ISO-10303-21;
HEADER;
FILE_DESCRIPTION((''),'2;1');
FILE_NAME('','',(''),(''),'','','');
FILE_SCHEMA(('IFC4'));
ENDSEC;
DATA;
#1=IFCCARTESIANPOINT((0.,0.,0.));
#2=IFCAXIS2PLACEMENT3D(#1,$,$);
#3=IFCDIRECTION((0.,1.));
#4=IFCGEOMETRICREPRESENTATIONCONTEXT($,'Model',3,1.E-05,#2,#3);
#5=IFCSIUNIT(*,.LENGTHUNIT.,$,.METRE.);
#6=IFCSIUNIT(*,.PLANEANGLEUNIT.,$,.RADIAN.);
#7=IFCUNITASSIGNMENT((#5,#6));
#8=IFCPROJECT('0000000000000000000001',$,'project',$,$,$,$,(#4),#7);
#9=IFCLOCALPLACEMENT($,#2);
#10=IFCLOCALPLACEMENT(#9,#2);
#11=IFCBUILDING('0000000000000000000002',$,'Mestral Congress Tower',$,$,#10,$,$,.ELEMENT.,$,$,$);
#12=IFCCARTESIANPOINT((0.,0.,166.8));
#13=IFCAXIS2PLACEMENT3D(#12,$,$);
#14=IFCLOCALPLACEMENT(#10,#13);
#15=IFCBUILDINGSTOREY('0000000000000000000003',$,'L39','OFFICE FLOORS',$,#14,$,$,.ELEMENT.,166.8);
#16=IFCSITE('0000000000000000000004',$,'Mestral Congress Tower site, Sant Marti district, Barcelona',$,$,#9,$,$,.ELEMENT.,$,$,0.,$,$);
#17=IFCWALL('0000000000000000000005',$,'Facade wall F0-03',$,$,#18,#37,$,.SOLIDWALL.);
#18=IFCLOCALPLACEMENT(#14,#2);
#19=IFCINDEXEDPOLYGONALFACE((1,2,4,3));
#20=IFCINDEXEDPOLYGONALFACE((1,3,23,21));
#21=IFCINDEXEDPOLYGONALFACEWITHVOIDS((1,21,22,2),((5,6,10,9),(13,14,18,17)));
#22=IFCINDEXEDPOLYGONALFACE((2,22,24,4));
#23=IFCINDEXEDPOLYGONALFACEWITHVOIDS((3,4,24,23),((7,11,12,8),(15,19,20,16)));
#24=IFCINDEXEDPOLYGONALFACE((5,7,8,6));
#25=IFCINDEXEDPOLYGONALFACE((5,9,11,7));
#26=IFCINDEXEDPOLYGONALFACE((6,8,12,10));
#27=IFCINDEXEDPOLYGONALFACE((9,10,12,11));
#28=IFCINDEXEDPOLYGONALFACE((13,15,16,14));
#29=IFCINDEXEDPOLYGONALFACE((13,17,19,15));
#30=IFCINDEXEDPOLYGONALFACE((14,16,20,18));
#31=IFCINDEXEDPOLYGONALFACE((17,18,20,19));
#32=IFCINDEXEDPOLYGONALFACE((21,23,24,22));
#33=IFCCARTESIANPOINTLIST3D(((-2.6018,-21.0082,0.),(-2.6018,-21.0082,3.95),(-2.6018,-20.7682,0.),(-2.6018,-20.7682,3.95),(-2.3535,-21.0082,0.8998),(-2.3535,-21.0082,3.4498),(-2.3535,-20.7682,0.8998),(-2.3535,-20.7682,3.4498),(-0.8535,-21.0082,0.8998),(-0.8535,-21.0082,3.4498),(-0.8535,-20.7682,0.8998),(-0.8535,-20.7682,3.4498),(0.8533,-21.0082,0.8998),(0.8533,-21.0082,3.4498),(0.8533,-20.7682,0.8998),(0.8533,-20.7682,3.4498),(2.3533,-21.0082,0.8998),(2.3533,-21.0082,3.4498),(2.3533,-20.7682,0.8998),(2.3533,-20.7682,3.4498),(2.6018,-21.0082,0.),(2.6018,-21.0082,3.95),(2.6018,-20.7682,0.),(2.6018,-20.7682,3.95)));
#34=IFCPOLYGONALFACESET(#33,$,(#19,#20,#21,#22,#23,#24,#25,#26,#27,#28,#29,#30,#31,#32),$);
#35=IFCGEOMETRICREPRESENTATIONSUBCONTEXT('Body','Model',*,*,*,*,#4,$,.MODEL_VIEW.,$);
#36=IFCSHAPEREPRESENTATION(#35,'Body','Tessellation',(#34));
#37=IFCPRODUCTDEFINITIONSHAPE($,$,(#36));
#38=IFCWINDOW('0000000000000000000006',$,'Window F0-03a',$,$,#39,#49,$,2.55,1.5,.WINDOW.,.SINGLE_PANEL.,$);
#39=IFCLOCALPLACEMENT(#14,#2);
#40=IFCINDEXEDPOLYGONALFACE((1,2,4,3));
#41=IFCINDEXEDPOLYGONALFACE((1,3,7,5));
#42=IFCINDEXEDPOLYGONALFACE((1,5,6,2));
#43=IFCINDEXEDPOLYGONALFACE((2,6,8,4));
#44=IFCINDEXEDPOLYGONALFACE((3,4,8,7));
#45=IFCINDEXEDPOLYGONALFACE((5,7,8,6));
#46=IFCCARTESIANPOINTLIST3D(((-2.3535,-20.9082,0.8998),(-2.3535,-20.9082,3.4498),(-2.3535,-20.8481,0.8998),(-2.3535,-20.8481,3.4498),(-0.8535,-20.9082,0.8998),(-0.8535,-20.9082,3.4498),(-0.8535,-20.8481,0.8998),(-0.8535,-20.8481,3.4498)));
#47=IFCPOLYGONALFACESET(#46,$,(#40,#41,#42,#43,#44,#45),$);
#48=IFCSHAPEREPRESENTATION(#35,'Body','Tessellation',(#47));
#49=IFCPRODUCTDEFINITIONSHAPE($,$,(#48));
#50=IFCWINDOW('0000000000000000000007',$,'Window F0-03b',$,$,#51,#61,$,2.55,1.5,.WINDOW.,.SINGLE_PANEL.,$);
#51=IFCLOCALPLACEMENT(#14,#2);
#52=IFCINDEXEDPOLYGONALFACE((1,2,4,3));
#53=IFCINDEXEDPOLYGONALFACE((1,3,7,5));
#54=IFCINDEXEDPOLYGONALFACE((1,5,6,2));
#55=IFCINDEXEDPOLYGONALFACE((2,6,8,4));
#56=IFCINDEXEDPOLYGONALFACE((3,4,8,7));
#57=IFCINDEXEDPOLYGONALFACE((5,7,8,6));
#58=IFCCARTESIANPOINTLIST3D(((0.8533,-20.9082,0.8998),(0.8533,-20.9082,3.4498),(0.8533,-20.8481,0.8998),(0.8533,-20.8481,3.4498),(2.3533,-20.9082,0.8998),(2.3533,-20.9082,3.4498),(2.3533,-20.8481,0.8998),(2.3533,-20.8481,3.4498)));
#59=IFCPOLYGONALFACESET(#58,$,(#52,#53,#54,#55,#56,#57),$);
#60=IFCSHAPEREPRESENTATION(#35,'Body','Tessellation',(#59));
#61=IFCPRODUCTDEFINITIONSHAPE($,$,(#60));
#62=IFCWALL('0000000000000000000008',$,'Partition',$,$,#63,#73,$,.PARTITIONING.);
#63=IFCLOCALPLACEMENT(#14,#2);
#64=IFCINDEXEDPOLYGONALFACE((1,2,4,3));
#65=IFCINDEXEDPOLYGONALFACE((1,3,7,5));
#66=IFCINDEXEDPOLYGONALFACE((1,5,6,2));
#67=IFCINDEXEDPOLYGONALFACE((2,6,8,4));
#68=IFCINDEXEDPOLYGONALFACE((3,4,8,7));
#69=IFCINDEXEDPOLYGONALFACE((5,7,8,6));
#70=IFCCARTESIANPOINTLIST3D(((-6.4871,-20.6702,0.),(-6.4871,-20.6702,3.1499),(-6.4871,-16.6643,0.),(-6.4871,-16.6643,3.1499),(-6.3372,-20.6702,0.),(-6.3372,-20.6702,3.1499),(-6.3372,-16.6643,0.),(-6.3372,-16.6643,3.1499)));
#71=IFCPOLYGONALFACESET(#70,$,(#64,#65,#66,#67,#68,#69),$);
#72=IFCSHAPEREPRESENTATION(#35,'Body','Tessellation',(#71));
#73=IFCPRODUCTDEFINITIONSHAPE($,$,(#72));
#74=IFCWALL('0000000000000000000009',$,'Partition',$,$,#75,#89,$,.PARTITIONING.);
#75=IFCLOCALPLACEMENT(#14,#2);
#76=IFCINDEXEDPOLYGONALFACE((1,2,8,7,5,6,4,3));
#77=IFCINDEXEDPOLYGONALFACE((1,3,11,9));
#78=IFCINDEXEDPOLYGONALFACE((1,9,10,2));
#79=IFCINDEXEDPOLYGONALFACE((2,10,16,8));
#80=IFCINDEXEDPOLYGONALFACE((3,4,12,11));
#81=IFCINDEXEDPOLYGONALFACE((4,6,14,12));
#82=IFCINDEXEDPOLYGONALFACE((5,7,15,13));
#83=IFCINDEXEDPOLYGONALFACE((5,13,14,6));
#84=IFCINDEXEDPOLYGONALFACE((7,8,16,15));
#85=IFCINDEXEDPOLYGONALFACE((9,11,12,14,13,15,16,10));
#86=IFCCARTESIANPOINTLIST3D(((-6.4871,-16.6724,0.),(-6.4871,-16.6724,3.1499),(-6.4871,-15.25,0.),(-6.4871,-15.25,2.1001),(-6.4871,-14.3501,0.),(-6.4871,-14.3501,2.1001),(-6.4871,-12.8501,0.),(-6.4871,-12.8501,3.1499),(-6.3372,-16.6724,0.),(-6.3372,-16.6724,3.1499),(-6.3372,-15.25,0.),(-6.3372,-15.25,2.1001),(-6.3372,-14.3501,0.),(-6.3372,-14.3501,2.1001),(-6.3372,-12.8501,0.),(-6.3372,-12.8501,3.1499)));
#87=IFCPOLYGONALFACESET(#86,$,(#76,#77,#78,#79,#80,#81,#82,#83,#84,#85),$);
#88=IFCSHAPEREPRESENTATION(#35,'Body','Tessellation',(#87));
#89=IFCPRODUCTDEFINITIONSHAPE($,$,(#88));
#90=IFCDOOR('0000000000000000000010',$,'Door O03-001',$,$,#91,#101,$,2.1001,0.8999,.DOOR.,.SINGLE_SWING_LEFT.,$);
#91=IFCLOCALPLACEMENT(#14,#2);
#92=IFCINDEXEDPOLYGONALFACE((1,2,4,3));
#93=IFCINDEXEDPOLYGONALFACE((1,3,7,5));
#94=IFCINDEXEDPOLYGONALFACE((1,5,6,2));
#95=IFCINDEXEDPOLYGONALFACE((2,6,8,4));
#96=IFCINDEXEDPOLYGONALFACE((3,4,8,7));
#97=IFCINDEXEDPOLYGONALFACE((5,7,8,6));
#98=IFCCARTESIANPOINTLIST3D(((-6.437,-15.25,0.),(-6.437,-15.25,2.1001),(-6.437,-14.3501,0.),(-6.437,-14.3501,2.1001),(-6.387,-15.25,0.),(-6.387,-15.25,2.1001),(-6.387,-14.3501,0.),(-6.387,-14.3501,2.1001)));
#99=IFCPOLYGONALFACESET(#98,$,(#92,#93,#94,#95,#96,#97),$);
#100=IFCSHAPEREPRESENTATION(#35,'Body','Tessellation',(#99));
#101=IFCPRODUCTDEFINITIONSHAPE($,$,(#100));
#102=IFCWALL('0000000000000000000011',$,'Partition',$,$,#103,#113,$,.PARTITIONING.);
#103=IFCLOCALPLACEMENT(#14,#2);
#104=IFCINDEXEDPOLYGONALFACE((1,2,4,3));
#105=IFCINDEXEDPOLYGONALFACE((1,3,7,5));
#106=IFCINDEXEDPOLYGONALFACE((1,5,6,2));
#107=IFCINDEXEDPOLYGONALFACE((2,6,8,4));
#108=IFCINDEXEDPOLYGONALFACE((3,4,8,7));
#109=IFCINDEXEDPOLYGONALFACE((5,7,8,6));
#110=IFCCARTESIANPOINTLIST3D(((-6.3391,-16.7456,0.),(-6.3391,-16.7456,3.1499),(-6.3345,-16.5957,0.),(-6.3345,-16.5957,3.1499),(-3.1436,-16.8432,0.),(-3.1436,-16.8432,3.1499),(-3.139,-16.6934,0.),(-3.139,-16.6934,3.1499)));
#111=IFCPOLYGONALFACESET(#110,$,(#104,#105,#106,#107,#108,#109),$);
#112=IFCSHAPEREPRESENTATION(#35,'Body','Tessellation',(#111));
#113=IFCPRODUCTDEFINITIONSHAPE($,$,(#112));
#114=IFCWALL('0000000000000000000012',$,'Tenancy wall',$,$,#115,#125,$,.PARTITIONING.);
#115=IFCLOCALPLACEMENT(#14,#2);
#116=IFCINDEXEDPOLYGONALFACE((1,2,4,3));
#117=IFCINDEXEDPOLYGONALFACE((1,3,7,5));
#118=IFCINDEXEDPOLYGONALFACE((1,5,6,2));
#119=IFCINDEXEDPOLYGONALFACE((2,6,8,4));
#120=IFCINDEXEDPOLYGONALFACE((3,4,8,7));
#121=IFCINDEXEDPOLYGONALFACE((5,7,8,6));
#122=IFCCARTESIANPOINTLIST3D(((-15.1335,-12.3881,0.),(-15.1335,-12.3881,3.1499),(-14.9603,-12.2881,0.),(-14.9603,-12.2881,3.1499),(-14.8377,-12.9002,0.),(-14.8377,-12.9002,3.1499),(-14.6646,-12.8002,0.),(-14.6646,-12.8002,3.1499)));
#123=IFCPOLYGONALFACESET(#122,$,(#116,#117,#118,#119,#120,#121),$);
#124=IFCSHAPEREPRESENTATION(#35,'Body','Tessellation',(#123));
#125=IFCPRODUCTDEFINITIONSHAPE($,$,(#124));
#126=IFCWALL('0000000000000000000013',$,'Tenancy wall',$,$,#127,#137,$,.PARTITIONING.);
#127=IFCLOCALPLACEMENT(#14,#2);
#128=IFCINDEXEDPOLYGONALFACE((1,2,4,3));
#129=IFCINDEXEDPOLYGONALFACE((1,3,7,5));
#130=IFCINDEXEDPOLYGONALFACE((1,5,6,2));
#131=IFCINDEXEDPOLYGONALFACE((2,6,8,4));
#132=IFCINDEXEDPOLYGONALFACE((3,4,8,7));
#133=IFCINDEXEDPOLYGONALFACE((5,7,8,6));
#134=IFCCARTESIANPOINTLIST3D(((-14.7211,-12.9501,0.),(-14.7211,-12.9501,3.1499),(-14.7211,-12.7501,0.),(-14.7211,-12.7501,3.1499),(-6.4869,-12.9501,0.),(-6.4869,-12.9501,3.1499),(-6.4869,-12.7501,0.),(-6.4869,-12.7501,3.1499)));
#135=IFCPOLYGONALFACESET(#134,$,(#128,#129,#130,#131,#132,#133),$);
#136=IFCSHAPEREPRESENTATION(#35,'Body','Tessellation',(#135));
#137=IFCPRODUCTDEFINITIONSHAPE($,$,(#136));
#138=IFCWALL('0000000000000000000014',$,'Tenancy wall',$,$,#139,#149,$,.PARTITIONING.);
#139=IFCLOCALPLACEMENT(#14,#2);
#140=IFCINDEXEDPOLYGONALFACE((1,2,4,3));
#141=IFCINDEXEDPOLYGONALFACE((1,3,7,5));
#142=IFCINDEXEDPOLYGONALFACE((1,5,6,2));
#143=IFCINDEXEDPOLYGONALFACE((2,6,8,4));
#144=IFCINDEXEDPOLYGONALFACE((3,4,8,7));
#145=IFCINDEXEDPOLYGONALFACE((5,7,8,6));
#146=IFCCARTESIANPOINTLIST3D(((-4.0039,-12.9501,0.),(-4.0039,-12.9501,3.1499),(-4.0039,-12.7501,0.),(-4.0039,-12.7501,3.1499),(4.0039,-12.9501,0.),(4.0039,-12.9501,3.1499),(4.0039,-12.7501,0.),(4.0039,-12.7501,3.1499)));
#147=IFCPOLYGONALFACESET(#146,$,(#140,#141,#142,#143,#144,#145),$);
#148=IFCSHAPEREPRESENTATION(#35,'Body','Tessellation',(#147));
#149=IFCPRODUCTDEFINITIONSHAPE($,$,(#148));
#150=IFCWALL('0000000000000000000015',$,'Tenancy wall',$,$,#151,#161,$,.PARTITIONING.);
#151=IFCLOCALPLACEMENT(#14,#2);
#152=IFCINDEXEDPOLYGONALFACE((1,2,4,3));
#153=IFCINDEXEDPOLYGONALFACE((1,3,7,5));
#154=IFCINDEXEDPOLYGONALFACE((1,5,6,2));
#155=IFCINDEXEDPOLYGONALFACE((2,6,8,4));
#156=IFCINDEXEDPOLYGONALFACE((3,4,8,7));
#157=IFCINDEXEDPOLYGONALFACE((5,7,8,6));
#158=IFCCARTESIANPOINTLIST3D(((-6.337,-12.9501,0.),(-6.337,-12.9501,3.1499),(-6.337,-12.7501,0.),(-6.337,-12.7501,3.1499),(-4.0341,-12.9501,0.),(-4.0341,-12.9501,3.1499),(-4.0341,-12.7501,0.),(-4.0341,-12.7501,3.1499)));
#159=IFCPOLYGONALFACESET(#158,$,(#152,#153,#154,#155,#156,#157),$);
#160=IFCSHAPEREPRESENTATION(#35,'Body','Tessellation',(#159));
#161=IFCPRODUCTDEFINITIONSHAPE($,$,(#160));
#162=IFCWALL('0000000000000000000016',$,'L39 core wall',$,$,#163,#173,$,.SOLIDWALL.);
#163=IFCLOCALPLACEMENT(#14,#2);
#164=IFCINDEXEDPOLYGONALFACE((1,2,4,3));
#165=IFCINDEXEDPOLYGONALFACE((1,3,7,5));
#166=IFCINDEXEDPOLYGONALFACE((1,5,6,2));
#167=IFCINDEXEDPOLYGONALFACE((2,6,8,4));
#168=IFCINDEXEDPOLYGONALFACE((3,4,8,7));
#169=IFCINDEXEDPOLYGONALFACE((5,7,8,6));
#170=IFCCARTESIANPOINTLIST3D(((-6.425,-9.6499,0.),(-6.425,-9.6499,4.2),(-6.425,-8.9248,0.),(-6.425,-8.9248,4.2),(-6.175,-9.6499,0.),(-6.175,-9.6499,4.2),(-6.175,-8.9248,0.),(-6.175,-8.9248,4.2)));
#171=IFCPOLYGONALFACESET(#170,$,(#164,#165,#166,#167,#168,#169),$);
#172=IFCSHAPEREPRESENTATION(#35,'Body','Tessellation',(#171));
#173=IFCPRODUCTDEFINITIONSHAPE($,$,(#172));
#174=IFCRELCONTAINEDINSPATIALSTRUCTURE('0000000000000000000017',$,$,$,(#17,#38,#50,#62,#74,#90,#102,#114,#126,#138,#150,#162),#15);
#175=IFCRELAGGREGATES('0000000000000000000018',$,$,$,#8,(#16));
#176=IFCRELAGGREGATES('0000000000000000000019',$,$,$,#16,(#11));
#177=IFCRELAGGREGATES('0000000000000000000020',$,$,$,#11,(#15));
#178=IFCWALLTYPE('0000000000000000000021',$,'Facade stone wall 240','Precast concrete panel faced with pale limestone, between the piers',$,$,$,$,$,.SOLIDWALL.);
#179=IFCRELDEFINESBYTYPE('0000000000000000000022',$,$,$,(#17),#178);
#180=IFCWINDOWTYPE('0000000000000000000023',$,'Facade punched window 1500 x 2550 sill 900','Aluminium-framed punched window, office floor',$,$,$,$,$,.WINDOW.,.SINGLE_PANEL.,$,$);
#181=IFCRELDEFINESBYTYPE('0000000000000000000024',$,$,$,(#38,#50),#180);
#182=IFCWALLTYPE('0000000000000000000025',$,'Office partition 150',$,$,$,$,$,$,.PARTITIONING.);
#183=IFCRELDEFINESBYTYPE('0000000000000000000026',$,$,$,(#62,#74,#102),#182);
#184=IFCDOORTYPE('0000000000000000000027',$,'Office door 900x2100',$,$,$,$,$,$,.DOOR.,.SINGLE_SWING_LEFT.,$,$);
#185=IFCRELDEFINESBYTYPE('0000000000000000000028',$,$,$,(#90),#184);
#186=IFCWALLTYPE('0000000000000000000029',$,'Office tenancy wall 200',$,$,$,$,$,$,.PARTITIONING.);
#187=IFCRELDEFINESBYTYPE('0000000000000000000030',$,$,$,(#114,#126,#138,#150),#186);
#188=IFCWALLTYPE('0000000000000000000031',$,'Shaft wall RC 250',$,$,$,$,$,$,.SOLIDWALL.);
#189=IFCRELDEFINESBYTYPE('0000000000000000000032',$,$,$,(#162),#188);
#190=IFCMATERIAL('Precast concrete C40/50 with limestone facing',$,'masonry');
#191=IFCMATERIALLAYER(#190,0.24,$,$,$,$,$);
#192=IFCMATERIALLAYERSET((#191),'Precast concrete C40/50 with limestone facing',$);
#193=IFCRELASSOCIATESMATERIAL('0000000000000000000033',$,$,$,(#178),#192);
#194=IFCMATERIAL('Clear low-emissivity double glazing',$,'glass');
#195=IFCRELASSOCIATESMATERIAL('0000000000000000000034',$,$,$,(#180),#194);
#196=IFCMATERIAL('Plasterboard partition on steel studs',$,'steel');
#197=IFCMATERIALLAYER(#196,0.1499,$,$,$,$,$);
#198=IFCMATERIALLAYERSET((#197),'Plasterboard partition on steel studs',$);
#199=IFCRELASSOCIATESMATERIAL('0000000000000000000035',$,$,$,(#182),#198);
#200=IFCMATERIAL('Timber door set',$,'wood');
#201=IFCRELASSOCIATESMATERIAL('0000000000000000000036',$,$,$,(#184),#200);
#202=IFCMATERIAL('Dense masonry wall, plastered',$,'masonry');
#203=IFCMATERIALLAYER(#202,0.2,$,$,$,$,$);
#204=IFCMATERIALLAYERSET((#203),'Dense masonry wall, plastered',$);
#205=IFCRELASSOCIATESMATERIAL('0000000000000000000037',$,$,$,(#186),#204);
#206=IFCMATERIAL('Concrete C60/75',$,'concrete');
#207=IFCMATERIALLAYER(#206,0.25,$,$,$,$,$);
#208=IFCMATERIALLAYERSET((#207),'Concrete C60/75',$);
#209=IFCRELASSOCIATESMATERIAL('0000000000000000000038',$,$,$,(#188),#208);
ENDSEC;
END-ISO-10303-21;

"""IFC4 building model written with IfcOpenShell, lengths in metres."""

from ifc_helpers import new_model, si_unit, direction, frame, frame_2d, origin, place, context, subcontext, project, spatial, rectangle, extrude, material, layer, layer_set, type_object, element, fill, save


model = new_model("IFC4")

# Units and contexts
model_context = context("Model", 3, precision=1e-05, world=origin(), true_north=direction((0.0, 1.0)))
body_context = subcontext(model_context, "Body", "Model", "MODEL_VIEW")
ifc_project = project(units=[si_unit("LENGTHUNIT", "METRE"), si_unit("PLANEANGLEUNIT", "RADIAN")], contexts=[model_context])

# Site, building, storey
site_placement = place(None, origin())
site = spatial("IfcSite", under=ifc_project, at=site_placement, Name="Mestral Congress Tower site, Sant Marti district, Barcelona", CompositionType="ELEMENT", RefElevation=0.0)
building_placement = place(site_placement, origin())
building = spatial("IfcBuilding", under=site, at=building_placement, Name="Mestral Congress Tower", CompositionType="ELEMENT")
storey_placement = place(building_placement, frame((0.0, 0.0, 166.8)))
storey = spatial("IfcBuildingStorey", under=building, at=storey_placement, Name="L39", Description="OFFICE FLOORS", CompositionType="ELEMENT", Elevation=166.8)

# Shared definitions
ifc_material_1 = material(Name="Concrete C60/75", Category="concrete")

# Wall, openings, windows
ifc_material_2 = material(Name="Precast concrete C40/50 with limestone facing", Category="masonry")
ifc_layer_1 = layer(ifc_material_2, 0.24)
ifc_layer_set_1 = layer_set([ifc_layer_1], Name="Precast concrete C40/50 with limestone facing")
wall_type_1 = type_object("IfcWallType", Name="Facade stone wall 240", Description="Precast concrete panel faced with pale limestone, between the piers", PredefinedType="SOLIDWALL", material=ifc_layer_set_1)
ifc_material_3 = material(Name="Clear low-emissivity double glazing", Category="glass")
window_type = type_object("IfcWindowType", Name="Facade punched window 1500 x 2550 sill 900", Description="Aluminium-framed punched window, office floor", PartitioningType="SINGLE_PANEL", PredefinedType="WINDOW", material=ifc_material_3)
wall_1_placement = place(storey_placement, frame((-2.6018, -20.8882, 0.0), z_axis=(0.0, 0.0, 1.0), x_axis=(1.0, 0.0, 0.0)))
wall_1 = element("IfcWall", 1, at=wall_1_placement, inside=storey, type_object=wall_type_1, Name="Facade wall F0-03", PredefinedType="SOLIDWALL", context=body_context, shape_type="SweptSolid", body=[
    extrude(rectangle(XDim=5.2036, YDim=0.24, at=frame_2d((2.6018, 0.0))), origin(), (0.0, 0.0, 1.0), 3.95),
])
opening_1_placement = place(wall_1_placement, frame((0.2483, 0.0, 0.8999)))
opening_1 = element("IfcOpeningElement", 2, at=opening_1_placement, cuts=wall_1, PredefinedType="OPENING", context=body_context, shape_type="SweptSolid", body=[
    extrude(rectangle(XDim=1.5, YDim=2.55, at=frame_2d((0.75, 1.2749))), frame((0.0, 0.1299, 0.0), z_axis=(0.0, -1.0, 0.0), x_axis=(1.0, 0.0, 0.0)), (0.0, 0.0, 1.0), 0.26),
])
opening_2_placement = place(wall_1_placement, frame((3.4551, 0.0, 0.8999)))
opening_2 = element("IfcOpeningElement", 3, at=opening_2_placement, cuts=wall_1, PredefinedType="OPENING", context=body_context, shape_type="SweptSolid", body=[
    extrude(rectangle(XDim=1.5, YDim=2.55, at=frame_2d((0.75, 1.2749))), frame((0.0, 0.1299, 0.0), z_axis=(0.0, -1.0, 0.0), x_axis=(1.0, 0.0, 0.0)), (0.0, 0.0, 1.0), 0.26),
])
window_1_placement = place(opening_1_placement, origin())
window_1 = element("IfcWindow", 4, at=window_1_placement, inside=storey, type_object=window_type, Name="Window F0-03a", OverallHeight=2.55, OverallWidth=1.5, PartitioningType="SINGLE_PANEL", PredefinedType="WINDOW", context=body_context, shape_type="SweptSolid", body=[
    extrude(rectangle(XDim=1.5, YDim=2.55, at=frame_2d((0.75, 1.2749))), frame((0.0, 0.04, 0.0), z_axis=(0.0, -1.0, 0.0), x_axis=(1.0, 0.0, 0.0)), (0.0, 0.0, 1.0), 0.0601),
])
fill(opening_1, window_1)
window_2_placement = place(opening_2_placement, origin())
window_2 = element("IfcWindow", 5, at=window_2_placement, inside=storey, type_object=window_type, Name="Window F0-03b", OverallHeight=2.55, OverallWidth=1.5, PartitioningType="SINGLE_PANEL", PredefinedType="WINDOW", context=body_context, shape_type="SweptSolid", body=[
    extrude(rectangle(XDim=1.5, YDim=2.55, at=frame_2d((0.75, 1.2749))), frame((0.0, 0.04, 0.0), z_axis=(0.0, -1.0, 0.0), x_axis=(1.0, 0.0, 0.0)), (0.0, 0.0, 1.0), 0.0601),
])
fill(opening_2, window_2)

# Wall
ifc_material_4 = material(Name="Plasterboard partition on steel studs", Category="steel")
ifc_layer_2 = layer(ifc_material_4, 0.1499)
ifc_layer_set_2 = layer_set([ifc_layer_2], Name="Plasterboard partition on steel studs")
wall_type_2 = type_object("IfcWallType", Name="Office partition 150", PredefinedType="PARTITIONING", material=ifc_layer_set_2)
wall_2_placement = place(storey_placement, frame((-6.4121, -16.6643, 0.0), z_axis=(0.0, 0.0, 1.0), x_axis=(0.0, -1.0, 0.0)))
element("IfcWall", 6, at=wall_2_placement, inside=storey, type_object=wall_type_2, Name="Partition", PredefinedType="PARTITIONING", context=body_context, shape_type="SweptSolid", body=[
    extrude(rectangle(XDim=4.0059, YDim=0.1499, at=frame_2d((2.0029, 0.0))), origin(), (0.0, 0.0, 1.0), 3.1499),
])

# Wall, opening, door
wall_3_placement = place(storey_placement, frame((-6.4121, -16.6724, 0.0), z_axis=(0.0, 0.0, 1.0), x_axis=(0.0, 1.0, 0.0)))
wall_3 = element("IfcWall", 7, at=wall_3_placement, inside=storey, type_object=wall_type_2, Name="Partition", PredefinedType="PARTITIONING", context=body_context, shape_type="SweptSolid", body=[
    extrude(rectangle(XDim=3.8223, YDim=0.1499, at=frame_2d((1.9111, 0.0))), origin(), (0.0, 0.0, 1.0), 3.1499),
])
opening_3_placement = place(wall_3_placement, frame((1.4224, 0.0, 0.0)))
opening_3 = element("IfcOpeningElement", 8, at=opening_3_placement, cuts=wall_3, PredefinedType="OPENING", context=body_context, shape_type="SweptSolid", body=[
    extrude(rectangle(XDim=0.8999, YDim=2.1001, at=frame_2d((0.45, 1.05))), frame((0.0, 0.085, 0.0), z_axis=(0.0, -1.0, 0.0), x_axis=(1.0, 0.0, 0.0)), (0.0, 0.0, 1.0), 0.1699),
])
ifc_material_5 = material(Name="Timber door set", Category="wood")
door_type = type_object("IfcDoorType", Name="Office door 900x2100", OperationType="SINGLE_SWING_LEFT", PredefinedType="DOOR", material=ifc_material_5)
door_placement = place(opening_3_placement, origin())
door = element("IfcDoor", 9, at=door_placement, inside=storey, type_object=door_type, Name="Door O03-001", OperationType="SINGLE_SWING_LEFT", OverallHeight=2.1001, OverallWidth=0.8999, PredefinedType="DOOR", context=body_context, shape_type="SweptSolid", body=[
    extrude(rectangle(XDim=0.8999, YDim=2.1001, at=frame_2d((0.45, 1.05))), frame((0.0, 0.0249, 0.0), z_axis=(0.0, -1.0, 0.0), x_axis=(1.0, 0.0, 0.0)), (0.0, 0.0, 1.0), 0.05),
])
fill(opening_3, door)

# Walls
wall_4_placement = place(storey_placement, frame((-6.3369, -16.6707, 0.0), z_axis=(0.0, 0.0, 1.0), x_axis=(0.999533, -0.030546, 0.0)))
element("IfcWall", 10, at=wall_4_placement, inside=storey, type_object=wall_type_2, Name="Partition", PredefinedType="PARTITIONING", context=body_context, shape_type="SweptSolid", body=[
    extrude(rectangle(XDim=3.197, YDim=0.1499, at=frame_2d((1.5986, 0.0))), origin(), (0.0, 0.0, 1.0), 3.1499),
])
ifc_material_6 = material(Name="Dense masonry wall, plastered", Category="masonry")
ifc_layer_3 = layer(ifc_material_6, 0.2)
ifc_layer_set_3 = layer_set([ifc_layer_3], Name="Dense masonry wall, plastered")
wall_type_3 = type_object("IfcWallType", Name="Office tenancy wall 200", PredefinedType="PARTITIONING", material=ifc_layer_set_3)
wall_5_placement = place(storey_placement, frame((-15.0469, -12.3381, 0.0), z_axis=(0.0, 0.0, 1.0), x_axis=(0.500092, -0.865972, 0.0)))
element("IfcWall", 11, at=wall_5_placement, inside=storey, type_object=wall_type_3, Name="Tenancy wall", PredefinedType="PARTITIONING", context=body_context, shape_type="SweptSolid", body=[
    extrude(rectangle(XDim=0.5913, YDim=0.2, at=frame_2d((0.2957, 0.0))), origin(), (0.0, 0.0, 1.0), 3.1499),
])
wall_6_placement = place(storey_placement, frame((-14.7212, -12.8501, 0.0), z_axis=(0.0, 0.0, 1.0), x_axis=(1.0, 0.0, 0.0)))
element("IfcWall", 12, at=wall_6_placement, inside=storey, type_object=wall_type_3, Name="Tenancy wall", PredefinedType="PARTITIONING", context=body_context, shape_type="SweptSolid", body=[
    extrude(rectangle(XDim=8.2341, YDim=0.2, at=frame_2d((4.1172, 0.0))), origin(), (0.0, 0.0, 1.0), 3.1499),
])
wall_7_placement = place(storey_placement, frame((-4.0039, -12.8501, 0.0), z_axis=(0.0, 0.0, 1.0), x_axis=(1.0, 0.0, 0.0)))
element("IfcWall", 13, at=wall_7_placement, inside=storey, type_object=wall_type_3, Name="Tenancy wall", PredefinedType="PARTITIONING", context=body_context, shape_type="SweptSolid", body=[
    extrude(rectangle(XDim=8.0078, YDim=0.2, at=frame_2d((4.0039, 0.0))), origin(), (0.0, 0.0, 1.0), 3.1499),
])
wall_8_placement = place(storey_placement, frame((-6.3369, -12.8501, 0.0), z_axis=(0.0, 0.0, 1.0), x_axis=(1.0, 0.0, 0.0)))
element("IfcWall", 14, at=wall_8_placement, inside=storey, type_object=wall_type_3, Name="Tenancy wall", PredefinedType="PARTITIONING", context=body_context, shape_type="SweptSolid", body=[
    extrude(rectangle(XDim=2.303, YDim=0.2, at=frame_2d((1.1514, 0.0))), origin(), (0.0, 0.0, 1.0), 3.1499),
])
ifc_layer_4 = layer(ifc_material_1, 0.25)
ifc_layer_set_4 = layer_set([ifc_layer_4], Name="Concrete C60/75")
wall_type_4 = type_object("IfcWallType", Name="Shaft wall RC 250", PredefinedType="SOLIDWALL", material=ifc_layer_set_4)
wall_9_placement = place(storey_placement, frame((-6.3, -8.9248, 0.0), z_axis=(0.0, 0.0, 1.0), x_axis=(0.0, -1.0, 0.0)))
element("IfcWall", 15, at=wall_9_placement, inside=storey, type_object=wall_type_4, Name="L39 core wall", PredefinedType="SOLIDWALL", context=body_context, shape_type="SweptSolid", body=[
    extrude(rectangle(XDim=0.7251, YDim=0.25, at=frame_2d((0.3625, 0.0))), origin(), (0.0, 0.0, 1.0), 4.2),
])

save(model, "model.ifc")
